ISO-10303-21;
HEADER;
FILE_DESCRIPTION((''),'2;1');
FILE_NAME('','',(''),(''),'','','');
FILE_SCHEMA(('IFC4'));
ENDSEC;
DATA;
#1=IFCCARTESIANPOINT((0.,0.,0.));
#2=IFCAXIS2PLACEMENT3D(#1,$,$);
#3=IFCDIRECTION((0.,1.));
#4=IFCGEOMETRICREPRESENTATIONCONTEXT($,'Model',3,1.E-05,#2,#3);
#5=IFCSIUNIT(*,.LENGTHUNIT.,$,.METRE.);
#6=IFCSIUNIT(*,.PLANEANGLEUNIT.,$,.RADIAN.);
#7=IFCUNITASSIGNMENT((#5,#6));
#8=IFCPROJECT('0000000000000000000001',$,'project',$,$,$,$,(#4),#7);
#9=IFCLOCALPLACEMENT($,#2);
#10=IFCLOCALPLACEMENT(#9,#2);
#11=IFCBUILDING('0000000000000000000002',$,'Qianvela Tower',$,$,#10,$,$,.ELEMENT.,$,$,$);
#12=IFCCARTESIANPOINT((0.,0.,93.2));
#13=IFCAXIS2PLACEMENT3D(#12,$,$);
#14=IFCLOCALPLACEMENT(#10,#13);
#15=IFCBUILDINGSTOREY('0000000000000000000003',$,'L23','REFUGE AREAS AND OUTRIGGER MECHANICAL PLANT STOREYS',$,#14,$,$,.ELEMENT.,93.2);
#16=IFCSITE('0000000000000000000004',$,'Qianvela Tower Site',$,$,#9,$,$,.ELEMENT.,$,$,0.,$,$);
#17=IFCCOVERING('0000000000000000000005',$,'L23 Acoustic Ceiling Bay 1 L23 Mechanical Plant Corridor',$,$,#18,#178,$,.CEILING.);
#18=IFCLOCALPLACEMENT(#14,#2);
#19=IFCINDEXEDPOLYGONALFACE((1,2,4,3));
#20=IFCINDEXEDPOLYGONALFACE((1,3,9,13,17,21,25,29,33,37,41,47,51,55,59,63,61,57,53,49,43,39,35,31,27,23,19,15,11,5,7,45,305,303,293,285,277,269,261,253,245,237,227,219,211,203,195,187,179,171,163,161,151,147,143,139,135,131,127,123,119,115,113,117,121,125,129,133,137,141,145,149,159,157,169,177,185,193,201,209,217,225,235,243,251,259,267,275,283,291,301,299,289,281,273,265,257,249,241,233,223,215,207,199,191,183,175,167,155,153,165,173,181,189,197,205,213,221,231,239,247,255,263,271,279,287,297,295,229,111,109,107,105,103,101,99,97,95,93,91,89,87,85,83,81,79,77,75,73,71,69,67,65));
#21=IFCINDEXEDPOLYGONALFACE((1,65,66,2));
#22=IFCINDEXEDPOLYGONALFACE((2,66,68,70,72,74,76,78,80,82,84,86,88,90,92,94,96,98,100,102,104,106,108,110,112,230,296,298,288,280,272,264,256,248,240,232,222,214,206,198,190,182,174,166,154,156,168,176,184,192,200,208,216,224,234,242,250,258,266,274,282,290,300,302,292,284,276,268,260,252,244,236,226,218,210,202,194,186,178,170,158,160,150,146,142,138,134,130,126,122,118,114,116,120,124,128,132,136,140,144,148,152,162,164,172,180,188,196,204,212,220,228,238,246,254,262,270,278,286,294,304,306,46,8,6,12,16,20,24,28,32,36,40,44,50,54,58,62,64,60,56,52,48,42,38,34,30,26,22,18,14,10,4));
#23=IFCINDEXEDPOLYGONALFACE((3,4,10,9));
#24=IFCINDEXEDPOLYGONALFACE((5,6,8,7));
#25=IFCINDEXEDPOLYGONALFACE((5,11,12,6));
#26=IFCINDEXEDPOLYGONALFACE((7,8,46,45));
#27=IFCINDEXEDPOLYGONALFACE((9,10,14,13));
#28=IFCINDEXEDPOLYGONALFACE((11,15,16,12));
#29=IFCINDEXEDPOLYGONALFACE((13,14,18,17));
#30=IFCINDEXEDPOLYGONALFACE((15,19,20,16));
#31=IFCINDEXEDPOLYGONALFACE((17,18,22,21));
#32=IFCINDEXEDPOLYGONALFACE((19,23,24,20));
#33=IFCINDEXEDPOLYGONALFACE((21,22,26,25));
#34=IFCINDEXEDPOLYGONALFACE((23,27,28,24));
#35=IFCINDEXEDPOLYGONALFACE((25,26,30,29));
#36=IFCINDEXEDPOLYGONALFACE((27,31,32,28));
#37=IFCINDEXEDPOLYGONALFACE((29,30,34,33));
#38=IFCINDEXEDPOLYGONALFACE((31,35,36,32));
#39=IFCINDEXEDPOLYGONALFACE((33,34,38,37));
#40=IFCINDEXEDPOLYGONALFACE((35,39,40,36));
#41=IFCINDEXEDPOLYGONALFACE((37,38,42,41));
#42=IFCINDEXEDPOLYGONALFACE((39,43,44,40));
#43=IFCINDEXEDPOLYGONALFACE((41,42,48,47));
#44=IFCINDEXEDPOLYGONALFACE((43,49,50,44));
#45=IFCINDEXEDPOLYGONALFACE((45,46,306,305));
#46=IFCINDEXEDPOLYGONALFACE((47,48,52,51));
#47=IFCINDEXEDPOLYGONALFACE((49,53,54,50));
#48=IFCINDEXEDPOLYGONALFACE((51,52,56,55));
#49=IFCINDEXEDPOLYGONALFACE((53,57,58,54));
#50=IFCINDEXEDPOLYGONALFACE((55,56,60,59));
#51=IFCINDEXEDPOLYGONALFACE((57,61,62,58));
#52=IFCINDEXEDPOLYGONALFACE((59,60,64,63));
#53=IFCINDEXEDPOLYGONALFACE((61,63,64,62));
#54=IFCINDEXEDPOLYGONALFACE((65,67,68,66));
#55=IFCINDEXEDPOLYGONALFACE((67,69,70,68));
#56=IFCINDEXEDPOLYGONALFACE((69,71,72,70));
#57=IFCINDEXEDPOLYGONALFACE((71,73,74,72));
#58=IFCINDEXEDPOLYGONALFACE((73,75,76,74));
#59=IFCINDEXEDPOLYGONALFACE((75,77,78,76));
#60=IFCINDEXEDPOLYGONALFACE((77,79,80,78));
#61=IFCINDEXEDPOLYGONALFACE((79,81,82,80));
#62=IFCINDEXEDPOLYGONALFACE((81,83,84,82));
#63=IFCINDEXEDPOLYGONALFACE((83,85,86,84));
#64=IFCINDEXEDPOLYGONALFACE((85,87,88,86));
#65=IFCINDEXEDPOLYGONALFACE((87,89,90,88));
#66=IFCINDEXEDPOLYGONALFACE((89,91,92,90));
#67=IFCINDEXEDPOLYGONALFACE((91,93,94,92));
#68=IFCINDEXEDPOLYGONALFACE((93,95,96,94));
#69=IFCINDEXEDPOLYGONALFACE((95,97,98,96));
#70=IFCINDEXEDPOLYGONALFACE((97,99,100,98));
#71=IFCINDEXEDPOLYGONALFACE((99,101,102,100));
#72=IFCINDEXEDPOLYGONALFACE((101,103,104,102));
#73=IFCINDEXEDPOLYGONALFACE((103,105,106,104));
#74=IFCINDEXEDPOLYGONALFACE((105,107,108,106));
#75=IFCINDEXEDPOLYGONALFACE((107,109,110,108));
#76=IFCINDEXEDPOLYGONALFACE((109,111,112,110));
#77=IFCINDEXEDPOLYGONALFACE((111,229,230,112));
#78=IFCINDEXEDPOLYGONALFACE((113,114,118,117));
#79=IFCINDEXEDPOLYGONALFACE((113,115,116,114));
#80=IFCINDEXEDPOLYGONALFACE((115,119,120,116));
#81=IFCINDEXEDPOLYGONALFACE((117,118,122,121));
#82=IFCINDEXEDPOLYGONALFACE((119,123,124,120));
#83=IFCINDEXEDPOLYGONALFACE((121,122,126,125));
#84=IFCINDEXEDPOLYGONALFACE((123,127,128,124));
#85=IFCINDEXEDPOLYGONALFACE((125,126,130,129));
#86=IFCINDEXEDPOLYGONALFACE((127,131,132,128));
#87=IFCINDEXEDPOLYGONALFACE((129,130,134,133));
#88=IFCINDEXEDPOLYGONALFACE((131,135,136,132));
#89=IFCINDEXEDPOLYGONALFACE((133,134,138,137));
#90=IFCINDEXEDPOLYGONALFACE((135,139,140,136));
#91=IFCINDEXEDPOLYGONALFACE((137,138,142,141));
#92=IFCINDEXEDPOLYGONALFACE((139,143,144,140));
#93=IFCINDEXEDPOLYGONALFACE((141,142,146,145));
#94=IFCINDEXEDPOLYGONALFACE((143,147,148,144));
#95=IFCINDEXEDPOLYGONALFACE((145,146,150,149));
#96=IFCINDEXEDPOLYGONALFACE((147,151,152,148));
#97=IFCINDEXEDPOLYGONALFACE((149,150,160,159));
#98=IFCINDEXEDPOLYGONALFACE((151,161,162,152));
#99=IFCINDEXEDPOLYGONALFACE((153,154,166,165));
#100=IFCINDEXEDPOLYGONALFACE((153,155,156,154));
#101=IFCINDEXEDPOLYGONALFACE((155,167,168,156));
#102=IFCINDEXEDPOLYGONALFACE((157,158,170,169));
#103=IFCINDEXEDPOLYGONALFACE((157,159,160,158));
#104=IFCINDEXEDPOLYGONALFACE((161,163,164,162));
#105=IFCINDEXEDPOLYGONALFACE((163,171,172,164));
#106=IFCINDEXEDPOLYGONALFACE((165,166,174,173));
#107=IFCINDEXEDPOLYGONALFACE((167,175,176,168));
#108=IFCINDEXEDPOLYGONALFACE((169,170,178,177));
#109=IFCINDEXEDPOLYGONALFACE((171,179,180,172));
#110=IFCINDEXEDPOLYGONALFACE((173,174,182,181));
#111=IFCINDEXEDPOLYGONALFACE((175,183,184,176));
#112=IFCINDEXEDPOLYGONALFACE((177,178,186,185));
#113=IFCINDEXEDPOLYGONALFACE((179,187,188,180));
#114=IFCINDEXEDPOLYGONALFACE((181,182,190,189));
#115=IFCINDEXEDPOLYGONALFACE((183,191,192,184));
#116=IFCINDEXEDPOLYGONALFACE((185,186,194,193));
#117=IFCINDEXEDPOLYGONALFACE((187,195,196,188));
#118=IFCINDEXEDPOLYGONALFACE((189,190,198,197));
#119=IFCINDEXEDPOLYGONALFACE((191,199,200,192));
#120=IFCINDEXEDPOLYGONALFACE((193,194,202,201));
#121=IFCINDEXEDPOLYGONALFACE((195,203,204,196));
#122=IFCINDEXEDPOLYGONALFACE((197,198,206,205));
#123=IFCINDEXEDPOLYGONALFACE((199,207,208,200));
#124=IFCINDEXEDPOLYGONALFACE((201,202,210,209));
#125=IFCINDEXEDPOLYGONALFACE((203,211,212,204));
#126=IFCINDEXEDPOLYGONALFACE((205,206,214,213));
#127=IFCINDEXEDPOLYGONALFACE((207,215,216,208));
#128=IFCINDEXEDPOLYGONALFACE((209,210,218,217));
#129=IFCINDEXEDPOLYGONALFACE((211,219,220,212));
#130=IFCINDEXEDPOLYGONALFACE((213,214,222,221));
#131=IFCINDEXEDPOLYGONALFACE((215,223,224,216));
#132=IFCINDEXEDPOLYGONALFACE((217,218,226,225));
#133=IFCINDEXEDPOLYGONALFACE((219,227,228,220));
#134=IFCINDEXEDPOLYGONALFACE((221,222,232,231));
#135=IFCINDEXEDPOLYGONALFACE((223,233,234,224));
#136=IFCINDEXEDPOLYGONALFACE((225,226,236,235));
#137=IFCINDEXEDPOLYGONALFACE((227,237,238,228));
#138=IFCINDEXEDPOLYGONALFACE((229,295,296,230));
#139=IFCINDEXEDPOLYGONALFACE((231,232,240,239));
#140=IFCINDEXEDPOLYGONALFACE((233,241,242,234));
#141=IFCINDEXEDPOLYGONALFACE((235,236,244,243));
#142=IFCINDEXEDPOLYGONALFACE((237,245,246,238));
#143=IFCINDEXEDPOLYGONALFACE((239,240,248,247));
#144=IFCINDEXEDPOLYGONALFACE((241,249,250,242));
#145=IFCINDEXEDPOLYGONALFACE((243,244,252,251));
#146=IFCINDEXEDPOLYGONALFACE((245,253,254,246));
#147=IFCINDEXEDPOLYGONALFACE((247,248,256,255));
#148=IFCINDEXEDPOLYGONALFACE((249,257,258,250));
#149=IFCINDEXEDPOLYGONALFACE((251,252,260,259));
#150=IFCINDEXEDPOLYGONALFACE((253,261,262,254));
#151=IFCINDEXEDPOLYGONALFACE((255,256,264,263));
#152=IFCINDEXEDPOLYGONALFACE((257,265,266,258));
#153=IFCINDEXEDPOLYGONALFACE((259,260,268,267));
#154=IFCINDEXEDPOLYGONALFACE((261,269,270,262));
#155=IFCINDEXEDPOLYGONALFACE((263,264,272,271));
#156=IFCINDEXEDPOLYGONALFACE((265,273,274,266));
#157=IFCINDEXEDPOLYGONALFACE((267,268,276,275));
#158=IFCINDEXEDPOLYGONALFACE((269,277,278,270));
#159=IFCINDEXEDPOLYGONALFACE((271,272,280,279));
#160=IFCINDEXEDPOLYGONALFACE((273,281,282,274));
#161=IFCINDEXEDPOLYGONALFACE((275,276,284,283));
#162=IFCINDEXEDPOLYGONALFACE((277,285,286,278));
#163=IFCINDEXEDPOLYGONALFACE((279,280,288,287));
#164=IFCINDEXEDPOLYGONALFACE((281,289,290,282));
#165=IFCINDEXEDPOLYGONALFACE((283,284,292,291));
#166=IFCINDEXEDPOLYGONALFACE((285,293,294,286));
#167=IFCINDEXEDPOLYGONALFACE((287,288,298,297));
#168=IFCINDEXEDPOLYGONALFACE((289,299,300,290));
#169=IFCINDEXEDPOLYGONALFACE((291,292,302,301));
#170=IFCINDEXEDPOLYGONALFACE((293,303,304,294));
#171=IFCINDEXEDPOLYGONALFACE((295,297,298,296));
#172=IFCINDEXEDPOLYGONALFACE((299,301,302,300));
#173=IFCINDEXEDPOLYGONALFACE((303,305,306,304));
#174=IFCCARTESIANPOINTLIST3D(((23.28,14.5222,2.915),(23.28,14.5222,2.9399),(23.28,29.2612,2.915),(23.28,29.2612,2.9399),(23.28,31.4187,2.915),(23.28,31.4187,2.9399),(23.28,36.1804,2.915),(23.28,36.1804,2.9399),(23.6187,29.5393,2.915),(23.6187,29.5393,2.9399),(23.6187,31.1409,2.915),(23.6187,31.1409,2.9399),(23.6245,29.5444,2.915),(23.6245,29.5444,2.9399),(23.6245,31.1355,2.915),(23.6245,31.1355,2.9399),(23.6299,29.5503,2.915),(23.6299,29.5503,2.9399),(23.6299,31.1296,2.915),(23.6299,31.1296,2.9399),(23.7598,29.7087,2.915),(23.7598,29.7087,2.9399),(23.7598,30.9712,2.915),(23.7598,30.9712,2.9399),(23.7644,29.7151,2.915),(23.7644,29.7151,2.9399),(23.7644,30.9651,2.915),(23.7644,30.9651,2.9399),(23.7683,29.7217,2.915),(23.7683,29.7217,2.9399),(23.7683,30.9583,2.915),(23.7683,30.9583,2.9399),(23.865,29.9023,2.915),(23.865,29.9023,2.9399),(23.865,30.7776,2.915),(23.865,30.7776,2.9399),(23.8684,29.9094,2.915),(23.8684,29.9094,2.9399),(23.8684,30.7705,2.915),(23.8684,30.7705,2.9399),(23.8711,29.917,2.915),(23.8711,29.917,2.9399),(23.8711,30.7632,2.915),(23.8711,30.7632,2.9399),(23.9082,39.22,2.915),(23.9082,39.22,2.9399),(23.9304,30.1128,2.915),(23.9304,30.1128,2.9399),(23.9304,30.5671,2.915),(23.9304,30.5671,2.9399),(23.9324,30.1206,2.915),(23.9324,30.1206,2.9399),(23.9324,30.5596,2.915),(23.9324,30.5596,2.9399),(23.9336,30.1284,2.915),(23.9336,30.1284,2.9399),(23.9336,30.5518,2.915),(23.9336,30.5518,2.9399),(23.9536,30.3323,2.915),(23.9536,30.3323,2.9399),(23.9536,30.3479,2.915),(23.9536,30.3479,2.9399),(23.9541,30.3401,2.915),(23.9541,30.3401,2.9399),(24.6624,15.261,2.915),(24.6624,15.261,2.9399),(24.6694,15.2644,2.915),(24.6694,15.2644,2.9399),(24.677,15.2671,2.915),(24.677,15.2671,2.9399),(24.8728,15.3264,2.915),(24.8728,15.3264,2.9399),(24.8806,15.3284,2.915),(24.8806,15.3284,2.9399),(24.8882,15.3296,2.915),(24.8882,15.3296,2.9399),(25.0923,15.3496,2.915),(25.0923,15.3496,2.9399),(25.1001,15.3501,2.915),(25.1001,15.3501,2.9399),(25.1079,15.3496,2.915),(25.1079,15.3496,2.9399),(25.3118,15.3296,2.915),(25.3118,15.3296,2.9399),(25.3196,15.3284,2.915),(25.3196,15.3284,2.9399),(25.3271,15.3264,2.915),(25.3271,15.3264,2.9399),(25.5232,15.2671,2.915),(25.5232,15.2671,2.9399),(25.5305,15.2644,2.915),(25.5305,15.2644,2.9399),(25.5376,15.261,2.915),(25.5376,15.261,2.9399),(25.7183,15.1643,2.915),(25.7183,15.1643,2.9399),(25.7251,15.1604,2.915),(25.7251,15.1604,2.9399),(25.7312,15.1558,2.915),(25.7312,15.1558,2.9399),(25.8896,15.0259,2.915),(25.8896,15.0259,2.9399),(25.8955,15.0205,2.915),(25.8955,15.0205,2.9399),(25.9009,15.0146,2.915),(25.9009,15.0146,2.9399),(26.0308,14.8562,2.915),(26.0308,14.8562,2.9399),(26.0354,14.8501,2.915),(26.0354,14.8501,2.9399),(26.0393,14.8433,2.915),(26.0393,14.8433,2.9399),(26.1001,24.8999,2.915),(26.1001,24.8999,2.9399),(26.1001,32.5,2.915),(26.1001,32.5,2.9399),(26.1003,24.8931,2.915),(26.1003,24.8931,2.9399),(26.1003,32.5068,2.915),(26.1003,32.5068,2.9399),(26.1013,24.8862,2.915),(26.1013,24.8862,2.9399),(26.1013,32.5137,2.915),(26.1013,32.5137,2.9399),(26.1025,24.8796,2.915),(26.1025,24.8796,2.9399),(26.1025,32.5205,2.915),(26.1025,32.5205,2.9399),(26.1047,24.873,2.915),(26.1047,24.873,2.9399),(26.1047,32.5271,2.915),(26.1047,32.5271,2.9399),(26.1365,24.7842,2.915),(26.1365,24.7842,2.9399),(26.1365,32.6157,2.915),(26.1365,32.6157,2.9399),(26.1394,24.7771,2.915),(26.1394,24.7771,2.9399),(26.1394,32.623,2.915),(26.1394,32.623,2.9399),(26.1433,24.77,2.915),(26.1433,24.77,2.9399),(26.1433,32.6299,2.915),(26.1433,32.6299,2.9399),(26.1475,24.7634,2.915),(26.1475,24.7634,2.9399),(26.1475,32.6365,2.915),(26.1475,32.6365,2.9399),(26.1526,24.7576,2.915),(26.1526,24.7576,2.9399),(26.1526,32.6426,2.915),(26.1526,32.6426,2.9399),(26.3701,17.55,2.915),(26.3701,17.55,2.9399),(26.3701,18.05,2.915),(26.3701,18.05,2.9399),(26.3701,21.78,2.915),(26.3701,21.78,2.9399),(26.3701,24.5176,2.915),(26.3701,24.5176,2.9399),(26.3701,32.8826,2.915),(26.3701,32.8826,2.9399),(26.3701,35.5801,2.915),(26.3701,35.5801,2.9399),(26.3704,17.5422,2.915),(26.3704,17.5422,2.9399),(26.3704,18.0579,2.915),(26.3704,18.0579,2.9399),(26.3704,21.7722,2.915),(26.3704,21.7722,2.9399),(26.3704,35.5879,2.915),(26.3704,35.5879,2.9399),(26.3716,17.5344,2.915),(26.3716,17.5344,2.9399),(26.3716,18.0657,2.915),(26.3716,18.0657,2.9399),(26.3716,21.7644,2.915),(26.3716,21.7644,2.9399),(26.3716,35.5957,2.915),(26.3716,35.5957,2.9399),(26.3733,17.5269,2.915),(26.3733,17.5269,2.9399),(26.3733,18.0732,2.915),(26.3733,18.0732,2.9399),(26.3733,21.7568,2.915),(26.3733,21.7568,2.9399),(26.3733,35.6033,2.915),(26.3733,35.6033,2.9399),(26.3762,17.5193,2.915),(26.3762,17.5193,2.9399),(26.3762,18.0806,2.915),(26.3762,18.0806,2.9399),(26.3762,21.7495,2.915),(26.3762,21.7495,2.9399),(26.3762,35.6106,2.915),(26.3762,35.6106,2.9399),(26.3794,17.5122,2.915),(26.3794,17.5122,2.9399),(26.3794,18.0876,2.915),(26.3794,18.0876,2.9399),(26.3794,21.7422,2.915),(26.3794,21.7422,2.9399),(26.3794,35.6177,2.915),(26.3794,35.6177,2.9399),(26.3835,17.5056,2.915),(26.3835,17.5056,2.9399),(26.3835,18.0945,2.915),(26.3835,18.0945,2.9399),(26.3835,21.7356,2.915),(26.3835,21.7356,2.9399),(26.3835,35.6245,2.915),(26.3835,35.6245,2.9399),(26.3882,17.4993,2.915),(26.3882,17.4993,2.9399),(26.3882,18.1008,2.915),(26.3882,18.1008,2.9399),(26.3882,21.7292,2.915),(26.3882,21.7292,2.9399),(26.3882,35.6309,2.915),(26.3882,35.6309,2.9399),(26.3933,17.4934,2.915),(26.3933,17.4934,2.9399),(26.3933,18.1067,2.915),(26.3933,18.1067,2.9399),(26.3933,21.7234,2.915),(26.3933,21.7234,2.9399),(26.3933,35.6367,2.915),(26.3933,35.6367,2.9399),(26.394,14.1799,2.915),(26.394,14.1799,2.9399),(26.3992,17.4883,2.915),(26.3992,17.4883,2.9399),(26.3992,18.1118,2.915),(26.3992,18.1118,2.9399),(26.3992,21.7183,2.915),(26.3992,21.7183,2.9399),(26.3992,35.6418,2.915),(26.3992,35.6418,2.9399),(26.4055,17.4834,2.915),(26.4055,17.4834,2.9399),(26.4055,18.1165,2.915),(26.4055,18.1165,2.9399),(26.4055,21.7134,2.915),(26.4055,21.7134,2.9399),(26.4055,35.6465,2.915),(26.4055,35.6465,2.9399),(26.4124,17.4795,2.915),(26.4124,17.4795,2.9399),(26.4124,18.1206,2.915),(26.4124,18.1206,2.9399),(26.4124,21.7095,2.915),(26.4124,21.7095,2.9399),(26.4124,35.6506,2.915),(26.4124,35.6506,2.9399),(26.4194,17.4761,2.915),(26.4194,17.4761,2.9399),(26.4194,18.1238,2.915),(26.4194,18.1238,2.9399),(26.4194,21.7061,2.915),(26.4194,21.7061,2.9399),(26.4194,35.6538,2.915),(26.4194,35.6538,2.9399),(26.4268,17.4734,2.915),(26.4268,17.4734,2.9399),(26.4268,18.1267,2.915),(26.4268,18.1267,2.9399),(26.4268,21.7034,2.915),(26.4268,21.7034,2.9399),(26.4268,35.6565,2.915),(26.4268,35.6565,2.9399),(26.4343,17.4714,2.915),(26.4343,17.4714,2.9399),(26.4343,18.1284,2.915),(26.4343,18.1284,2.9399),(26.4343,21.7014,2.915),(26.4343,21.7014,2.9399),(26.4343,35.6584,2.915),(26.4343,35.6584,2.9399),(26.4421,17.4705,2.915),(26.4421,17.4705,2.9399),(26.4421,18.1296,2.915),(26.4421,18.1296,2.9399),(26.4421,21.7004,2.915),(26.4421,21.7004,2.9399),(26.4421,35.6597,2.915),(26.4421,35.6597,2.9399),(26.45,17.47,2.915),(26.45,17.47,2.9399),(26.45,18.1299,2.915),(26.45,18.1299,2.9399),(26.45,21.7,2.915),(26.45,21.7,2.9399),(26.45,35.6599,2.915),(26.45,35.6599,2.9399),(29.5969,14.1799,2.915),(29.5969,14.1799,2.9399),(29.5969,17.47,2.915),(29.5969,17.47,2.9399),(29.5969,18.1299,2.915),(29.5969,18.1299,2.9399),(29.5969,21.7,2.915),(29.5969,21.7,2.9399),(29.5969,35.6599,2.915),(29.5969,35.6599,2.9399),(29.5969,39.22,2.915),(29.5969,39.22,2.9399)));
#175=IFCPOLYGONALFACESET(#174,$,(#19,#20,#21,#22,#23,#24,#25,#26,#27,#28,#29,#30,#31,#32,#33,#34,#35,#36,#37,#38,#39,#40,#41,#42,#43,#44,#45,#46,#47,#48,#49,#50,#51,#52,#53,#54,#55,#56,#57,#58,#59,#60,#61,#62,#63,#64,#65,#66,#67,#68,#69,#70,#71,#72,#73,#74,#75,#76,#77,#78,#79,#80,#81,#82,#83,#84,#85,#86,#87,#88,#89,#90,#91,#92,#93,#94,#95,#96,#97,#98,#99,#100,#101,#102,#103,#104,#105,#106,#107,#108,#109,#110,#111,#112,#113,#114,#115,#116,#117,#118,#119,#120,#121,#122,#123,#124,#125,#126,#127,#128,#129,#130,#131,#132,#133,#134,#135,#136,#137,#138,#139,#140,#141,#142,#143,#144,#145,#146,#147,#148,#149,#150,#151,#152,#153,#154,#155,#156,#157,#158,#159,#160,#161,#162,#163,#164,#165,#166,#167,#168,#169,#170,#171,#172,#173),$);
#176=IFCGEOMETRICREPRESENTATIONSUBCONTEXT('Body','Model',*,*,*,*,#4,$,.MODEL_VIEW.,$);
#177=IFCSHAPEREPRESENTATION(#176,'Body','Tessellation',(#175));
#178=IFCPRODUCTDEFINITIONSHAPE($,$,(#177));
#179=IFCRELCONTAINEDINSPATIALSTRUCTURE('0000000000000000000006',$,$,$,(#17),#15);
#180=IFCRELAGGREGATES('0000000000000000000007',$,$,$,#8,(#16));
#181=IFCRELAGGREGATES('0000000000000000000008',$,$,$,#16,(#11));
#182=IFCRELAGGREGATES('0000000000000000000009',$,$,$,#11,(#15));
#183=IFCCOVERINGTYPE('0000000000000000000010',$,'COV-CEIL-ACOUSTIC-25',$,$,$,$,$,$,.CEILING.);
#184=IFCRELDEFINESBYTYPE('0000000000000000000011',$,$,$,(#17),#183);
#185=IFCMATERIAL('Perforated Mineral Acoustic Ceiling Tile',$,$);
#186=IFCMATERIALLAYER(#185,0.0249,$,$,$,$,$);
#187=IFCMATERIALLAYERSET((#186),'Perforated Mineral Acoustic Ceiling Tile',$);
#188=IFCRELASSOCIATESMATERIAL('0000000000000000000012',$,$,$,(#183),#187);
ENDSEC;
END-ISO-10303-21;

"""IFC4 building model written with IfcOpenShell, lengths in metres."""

from ifc_helpers import new_model, si_unit, direction, frame, origin, place, context, subcontext, project, spatial, polyline, outline, extrude, material, layer, layer_set, type_object, element, save


model = new_model("IFC4")

# Units and contexts
model_context = context("Model", 3, precision=1e-05, world=origin(), true_north=direction((0.0, 1.0)))
body_context = subcontext(model_context, "Body", "Model", "MODEL_VIEW")
ifc_project = project(units=[si_unit("LENGTHUNIT", "METRE"), si_unit("PLANEANGLEUNIT", "RADIAN")], contexts=[model_context])

# Site, building, storey
site_placement = place(None, origin())
site = spatial("IfcSite", under=ifc_project, at=site_placement, Name="Qianvela Tower Site", CompositionType="ELEMENT", RefElevation=0.0)
building_placement = place(site_placement, origin())
building = spatial("IfcBuilding", under=site, at=building_placement, Name="Qianvela Tower", CompositionType="ELEMENT")
storey_placement = place(building_placement, frame((0.0, 0.0, 93.2)))
storey = spatial("IfcBuildingStorey", under=building, at=storey_placement, Name="L23", Description="REFUGE AREAS AND OUTRIGGER MECHANICAL PLANT STOREYS", CompositionType="ELEMENT", Elevation=93.2)

# Covering
ifc_material_1 = material(Name="Perforated Mineral Acoustic Ceiling Tile")
ifc_layer_1 = layer(ifc_material_1, 0.0249)
ifc_layer_set_1 = layer_set([ifc_layer_1], Name="Perforated Mineral Acoustic Ceiling Tile")
covering_type_1 = type_object("IfcCoveringType", Name="COV-CEIL-ACOUSTIC-25", PredefinedType="CEILING", material=ifc_layer_set_1)
covering_1_placement = place(storey_placement, frame((0.0, 0.0, 2.915)))
element("IfcCovering", 1, at=covering_1_placement, inside=storey, type_object=covering_type_1, Name="L23 Acoustic Ceiling Bay 1 L23 Mechanical Plant Corridor", PredefinedType="CEILING", context=body_context, shape_type="SweptSolid", body=[
    extrude(outline(polyline([(23.7644, 29.7151), (23.7683, 29.7217), (23.865, 29.9023), (23.8684, 29.9094), (23.8711, 29.917), (23.9304, 30.1128), (23.9324, 30.1206), (23.9336, 30.1284), (23.9536, 30.3323), (23.9541, 30.3401), (23.9536, 30.3479), (23.9336, 30.5518), (23.9324, 30.5596), (23.9304, 30.5671), (23.8711, 30.7632), (23.8684, 30.7705), (23.865, 30.7776), (23.7683, 30.9583), (23.7644, 30.9651), (23.7598, 30.9712), (23.6299, 31.1296), (23.6245, 31.1355), (23.6187, 31.1409), (23.28, 31.4187), (23.28, 36.1804), (23.9082, 39.22), (29.5969, 39.22), (29.5969, 35.6599), (26.45, 35.6599), (26.4421, 35.6597), (26.4343, 35.6584), (26.4268, 35.6565), (26.4194, 35.6538), (26.4124, 35.6506), (26.4055, 35.6465), (26.3992, 35.6418), (26.3933, 35.6367), (26.3882, 35.6309), (26.3835, 35.6245), (26.3794, 35.6177), (26.3762, 35.6106), (26.3733, 35.6033), (26.3716, 35.5957), (26.3704, 35.5879), (26.3701, 35.5801), (26.3701, 32.8826), (26.1526, 32.6426), (26.1475, 32.6365), (26.1433, 32.6299), (26.1394, 32.623), (26.1365, 32.6157), (26.1047, 32.5271), (26.1025, 32.5205), (26.1013, 32.5137), (26.1003, 32.5068), (26.1001, 32.5), (26.1001, 24.8999), (26.1003, 24.8931), (26.1013, 24.8862), (26.1025, 24.8796), (26.1047, 24.873), (26.1365, 24.7842), (26.1394, 24.7771), (26.1433, 24.77), (26.1475, 24.7634), (26.1526, 24.7576), (26.3701, 24.5176), (26.3701, 21.78), (26.3704, 21.7722), (26.3716, 21.7644), (26.3733, 21.7568), (26.3762, 21.7495), (26.3794, 21.7422), (26.3835, 21.7356), (26.3882, 21.7292), (26.3933, 21.7234), (26.3992, 21.7183), (26.4055, 21.7134), (26.4124, 21.7095), (26.4194, 21.7061), (26.4268, 21.7034), (26.4343, 21.7014), (26.4421, 21.7004), (26.45, 21.7), (29.5969, 21.7), (29.5969, 18.1299), (26.45, 18.1299), (26.4421, 18.1296), (26.4343, 18.1284), (26.4268, 18.1267), (26.4194, 18.1238), (26.4124, 18.1206), (26.4055, 18.1165), (26.3992, 18.1118), (26.3933, 18.1067), (26.3882, 18.1008), (26.3835, 18.0945), (26.3794, 18.0876), (26.3762, 18.0806), (26.3733, 18.0732), (26.3716, 18.0657), (26.3704, 18.0579), (26.3701, 18.05), (26.3701, 17.55), (26.3704, 17.5422), (26.3716, 17.5344), (26.3733, 17.5269), (26.3762, 17.5193), (26.3794, 17.5122), (26.3835, 17.5056), (26.3882, 17.4993), (26.3933, 17.4934), (26.3992, 17.4883), (26.4055, 17.4834), (26.4124, 17.4795), (26.4194, 17.4761), (26.4268, 17.4734), (26.4343, 17.4714), (26.4421, 17.4705), (26.45, 17.47), (29.5969, 17.47), (29.5969, 14.1799), (26.394, 14.1799), (26.0393, 14.8433), (26.0354, 14.8501), (26.0308, 14.8562), (25.9009, 15.0146), (25.8955, 15.0205), (25.8896, 15.0259), (25.7312, 15.1558), (25.7251, 15.1604), (25.7183, 15.1643), (25.5376, 15.261), (25.5305, 15.2644), (25.5232, 15.2671), (25.3271, 15.3264), (25.3196, 15.3284), (25.3118, 15.3296), (25.1079, 15.3496), (25.1001, 15.3501), (25.0923, 15.3496), (24.8882, 15.3296), (24.8806, 15.3284), (24.8728, 15.3264), (24.677, 15.2671), (24.6694, 15.2644), (24.6624, 15.261), (23.28, 14.5222), (23.28, 29.2612), (23.6187, 29.5393), (23.6245, 29.5444), (23.6299, 29.5503), (23.7598, 29.7087), (23.7644, 29.7151)])), origin(), (0.0, 0.0, 1.0), 0.0249),
])

save(model, "model.ifc")
